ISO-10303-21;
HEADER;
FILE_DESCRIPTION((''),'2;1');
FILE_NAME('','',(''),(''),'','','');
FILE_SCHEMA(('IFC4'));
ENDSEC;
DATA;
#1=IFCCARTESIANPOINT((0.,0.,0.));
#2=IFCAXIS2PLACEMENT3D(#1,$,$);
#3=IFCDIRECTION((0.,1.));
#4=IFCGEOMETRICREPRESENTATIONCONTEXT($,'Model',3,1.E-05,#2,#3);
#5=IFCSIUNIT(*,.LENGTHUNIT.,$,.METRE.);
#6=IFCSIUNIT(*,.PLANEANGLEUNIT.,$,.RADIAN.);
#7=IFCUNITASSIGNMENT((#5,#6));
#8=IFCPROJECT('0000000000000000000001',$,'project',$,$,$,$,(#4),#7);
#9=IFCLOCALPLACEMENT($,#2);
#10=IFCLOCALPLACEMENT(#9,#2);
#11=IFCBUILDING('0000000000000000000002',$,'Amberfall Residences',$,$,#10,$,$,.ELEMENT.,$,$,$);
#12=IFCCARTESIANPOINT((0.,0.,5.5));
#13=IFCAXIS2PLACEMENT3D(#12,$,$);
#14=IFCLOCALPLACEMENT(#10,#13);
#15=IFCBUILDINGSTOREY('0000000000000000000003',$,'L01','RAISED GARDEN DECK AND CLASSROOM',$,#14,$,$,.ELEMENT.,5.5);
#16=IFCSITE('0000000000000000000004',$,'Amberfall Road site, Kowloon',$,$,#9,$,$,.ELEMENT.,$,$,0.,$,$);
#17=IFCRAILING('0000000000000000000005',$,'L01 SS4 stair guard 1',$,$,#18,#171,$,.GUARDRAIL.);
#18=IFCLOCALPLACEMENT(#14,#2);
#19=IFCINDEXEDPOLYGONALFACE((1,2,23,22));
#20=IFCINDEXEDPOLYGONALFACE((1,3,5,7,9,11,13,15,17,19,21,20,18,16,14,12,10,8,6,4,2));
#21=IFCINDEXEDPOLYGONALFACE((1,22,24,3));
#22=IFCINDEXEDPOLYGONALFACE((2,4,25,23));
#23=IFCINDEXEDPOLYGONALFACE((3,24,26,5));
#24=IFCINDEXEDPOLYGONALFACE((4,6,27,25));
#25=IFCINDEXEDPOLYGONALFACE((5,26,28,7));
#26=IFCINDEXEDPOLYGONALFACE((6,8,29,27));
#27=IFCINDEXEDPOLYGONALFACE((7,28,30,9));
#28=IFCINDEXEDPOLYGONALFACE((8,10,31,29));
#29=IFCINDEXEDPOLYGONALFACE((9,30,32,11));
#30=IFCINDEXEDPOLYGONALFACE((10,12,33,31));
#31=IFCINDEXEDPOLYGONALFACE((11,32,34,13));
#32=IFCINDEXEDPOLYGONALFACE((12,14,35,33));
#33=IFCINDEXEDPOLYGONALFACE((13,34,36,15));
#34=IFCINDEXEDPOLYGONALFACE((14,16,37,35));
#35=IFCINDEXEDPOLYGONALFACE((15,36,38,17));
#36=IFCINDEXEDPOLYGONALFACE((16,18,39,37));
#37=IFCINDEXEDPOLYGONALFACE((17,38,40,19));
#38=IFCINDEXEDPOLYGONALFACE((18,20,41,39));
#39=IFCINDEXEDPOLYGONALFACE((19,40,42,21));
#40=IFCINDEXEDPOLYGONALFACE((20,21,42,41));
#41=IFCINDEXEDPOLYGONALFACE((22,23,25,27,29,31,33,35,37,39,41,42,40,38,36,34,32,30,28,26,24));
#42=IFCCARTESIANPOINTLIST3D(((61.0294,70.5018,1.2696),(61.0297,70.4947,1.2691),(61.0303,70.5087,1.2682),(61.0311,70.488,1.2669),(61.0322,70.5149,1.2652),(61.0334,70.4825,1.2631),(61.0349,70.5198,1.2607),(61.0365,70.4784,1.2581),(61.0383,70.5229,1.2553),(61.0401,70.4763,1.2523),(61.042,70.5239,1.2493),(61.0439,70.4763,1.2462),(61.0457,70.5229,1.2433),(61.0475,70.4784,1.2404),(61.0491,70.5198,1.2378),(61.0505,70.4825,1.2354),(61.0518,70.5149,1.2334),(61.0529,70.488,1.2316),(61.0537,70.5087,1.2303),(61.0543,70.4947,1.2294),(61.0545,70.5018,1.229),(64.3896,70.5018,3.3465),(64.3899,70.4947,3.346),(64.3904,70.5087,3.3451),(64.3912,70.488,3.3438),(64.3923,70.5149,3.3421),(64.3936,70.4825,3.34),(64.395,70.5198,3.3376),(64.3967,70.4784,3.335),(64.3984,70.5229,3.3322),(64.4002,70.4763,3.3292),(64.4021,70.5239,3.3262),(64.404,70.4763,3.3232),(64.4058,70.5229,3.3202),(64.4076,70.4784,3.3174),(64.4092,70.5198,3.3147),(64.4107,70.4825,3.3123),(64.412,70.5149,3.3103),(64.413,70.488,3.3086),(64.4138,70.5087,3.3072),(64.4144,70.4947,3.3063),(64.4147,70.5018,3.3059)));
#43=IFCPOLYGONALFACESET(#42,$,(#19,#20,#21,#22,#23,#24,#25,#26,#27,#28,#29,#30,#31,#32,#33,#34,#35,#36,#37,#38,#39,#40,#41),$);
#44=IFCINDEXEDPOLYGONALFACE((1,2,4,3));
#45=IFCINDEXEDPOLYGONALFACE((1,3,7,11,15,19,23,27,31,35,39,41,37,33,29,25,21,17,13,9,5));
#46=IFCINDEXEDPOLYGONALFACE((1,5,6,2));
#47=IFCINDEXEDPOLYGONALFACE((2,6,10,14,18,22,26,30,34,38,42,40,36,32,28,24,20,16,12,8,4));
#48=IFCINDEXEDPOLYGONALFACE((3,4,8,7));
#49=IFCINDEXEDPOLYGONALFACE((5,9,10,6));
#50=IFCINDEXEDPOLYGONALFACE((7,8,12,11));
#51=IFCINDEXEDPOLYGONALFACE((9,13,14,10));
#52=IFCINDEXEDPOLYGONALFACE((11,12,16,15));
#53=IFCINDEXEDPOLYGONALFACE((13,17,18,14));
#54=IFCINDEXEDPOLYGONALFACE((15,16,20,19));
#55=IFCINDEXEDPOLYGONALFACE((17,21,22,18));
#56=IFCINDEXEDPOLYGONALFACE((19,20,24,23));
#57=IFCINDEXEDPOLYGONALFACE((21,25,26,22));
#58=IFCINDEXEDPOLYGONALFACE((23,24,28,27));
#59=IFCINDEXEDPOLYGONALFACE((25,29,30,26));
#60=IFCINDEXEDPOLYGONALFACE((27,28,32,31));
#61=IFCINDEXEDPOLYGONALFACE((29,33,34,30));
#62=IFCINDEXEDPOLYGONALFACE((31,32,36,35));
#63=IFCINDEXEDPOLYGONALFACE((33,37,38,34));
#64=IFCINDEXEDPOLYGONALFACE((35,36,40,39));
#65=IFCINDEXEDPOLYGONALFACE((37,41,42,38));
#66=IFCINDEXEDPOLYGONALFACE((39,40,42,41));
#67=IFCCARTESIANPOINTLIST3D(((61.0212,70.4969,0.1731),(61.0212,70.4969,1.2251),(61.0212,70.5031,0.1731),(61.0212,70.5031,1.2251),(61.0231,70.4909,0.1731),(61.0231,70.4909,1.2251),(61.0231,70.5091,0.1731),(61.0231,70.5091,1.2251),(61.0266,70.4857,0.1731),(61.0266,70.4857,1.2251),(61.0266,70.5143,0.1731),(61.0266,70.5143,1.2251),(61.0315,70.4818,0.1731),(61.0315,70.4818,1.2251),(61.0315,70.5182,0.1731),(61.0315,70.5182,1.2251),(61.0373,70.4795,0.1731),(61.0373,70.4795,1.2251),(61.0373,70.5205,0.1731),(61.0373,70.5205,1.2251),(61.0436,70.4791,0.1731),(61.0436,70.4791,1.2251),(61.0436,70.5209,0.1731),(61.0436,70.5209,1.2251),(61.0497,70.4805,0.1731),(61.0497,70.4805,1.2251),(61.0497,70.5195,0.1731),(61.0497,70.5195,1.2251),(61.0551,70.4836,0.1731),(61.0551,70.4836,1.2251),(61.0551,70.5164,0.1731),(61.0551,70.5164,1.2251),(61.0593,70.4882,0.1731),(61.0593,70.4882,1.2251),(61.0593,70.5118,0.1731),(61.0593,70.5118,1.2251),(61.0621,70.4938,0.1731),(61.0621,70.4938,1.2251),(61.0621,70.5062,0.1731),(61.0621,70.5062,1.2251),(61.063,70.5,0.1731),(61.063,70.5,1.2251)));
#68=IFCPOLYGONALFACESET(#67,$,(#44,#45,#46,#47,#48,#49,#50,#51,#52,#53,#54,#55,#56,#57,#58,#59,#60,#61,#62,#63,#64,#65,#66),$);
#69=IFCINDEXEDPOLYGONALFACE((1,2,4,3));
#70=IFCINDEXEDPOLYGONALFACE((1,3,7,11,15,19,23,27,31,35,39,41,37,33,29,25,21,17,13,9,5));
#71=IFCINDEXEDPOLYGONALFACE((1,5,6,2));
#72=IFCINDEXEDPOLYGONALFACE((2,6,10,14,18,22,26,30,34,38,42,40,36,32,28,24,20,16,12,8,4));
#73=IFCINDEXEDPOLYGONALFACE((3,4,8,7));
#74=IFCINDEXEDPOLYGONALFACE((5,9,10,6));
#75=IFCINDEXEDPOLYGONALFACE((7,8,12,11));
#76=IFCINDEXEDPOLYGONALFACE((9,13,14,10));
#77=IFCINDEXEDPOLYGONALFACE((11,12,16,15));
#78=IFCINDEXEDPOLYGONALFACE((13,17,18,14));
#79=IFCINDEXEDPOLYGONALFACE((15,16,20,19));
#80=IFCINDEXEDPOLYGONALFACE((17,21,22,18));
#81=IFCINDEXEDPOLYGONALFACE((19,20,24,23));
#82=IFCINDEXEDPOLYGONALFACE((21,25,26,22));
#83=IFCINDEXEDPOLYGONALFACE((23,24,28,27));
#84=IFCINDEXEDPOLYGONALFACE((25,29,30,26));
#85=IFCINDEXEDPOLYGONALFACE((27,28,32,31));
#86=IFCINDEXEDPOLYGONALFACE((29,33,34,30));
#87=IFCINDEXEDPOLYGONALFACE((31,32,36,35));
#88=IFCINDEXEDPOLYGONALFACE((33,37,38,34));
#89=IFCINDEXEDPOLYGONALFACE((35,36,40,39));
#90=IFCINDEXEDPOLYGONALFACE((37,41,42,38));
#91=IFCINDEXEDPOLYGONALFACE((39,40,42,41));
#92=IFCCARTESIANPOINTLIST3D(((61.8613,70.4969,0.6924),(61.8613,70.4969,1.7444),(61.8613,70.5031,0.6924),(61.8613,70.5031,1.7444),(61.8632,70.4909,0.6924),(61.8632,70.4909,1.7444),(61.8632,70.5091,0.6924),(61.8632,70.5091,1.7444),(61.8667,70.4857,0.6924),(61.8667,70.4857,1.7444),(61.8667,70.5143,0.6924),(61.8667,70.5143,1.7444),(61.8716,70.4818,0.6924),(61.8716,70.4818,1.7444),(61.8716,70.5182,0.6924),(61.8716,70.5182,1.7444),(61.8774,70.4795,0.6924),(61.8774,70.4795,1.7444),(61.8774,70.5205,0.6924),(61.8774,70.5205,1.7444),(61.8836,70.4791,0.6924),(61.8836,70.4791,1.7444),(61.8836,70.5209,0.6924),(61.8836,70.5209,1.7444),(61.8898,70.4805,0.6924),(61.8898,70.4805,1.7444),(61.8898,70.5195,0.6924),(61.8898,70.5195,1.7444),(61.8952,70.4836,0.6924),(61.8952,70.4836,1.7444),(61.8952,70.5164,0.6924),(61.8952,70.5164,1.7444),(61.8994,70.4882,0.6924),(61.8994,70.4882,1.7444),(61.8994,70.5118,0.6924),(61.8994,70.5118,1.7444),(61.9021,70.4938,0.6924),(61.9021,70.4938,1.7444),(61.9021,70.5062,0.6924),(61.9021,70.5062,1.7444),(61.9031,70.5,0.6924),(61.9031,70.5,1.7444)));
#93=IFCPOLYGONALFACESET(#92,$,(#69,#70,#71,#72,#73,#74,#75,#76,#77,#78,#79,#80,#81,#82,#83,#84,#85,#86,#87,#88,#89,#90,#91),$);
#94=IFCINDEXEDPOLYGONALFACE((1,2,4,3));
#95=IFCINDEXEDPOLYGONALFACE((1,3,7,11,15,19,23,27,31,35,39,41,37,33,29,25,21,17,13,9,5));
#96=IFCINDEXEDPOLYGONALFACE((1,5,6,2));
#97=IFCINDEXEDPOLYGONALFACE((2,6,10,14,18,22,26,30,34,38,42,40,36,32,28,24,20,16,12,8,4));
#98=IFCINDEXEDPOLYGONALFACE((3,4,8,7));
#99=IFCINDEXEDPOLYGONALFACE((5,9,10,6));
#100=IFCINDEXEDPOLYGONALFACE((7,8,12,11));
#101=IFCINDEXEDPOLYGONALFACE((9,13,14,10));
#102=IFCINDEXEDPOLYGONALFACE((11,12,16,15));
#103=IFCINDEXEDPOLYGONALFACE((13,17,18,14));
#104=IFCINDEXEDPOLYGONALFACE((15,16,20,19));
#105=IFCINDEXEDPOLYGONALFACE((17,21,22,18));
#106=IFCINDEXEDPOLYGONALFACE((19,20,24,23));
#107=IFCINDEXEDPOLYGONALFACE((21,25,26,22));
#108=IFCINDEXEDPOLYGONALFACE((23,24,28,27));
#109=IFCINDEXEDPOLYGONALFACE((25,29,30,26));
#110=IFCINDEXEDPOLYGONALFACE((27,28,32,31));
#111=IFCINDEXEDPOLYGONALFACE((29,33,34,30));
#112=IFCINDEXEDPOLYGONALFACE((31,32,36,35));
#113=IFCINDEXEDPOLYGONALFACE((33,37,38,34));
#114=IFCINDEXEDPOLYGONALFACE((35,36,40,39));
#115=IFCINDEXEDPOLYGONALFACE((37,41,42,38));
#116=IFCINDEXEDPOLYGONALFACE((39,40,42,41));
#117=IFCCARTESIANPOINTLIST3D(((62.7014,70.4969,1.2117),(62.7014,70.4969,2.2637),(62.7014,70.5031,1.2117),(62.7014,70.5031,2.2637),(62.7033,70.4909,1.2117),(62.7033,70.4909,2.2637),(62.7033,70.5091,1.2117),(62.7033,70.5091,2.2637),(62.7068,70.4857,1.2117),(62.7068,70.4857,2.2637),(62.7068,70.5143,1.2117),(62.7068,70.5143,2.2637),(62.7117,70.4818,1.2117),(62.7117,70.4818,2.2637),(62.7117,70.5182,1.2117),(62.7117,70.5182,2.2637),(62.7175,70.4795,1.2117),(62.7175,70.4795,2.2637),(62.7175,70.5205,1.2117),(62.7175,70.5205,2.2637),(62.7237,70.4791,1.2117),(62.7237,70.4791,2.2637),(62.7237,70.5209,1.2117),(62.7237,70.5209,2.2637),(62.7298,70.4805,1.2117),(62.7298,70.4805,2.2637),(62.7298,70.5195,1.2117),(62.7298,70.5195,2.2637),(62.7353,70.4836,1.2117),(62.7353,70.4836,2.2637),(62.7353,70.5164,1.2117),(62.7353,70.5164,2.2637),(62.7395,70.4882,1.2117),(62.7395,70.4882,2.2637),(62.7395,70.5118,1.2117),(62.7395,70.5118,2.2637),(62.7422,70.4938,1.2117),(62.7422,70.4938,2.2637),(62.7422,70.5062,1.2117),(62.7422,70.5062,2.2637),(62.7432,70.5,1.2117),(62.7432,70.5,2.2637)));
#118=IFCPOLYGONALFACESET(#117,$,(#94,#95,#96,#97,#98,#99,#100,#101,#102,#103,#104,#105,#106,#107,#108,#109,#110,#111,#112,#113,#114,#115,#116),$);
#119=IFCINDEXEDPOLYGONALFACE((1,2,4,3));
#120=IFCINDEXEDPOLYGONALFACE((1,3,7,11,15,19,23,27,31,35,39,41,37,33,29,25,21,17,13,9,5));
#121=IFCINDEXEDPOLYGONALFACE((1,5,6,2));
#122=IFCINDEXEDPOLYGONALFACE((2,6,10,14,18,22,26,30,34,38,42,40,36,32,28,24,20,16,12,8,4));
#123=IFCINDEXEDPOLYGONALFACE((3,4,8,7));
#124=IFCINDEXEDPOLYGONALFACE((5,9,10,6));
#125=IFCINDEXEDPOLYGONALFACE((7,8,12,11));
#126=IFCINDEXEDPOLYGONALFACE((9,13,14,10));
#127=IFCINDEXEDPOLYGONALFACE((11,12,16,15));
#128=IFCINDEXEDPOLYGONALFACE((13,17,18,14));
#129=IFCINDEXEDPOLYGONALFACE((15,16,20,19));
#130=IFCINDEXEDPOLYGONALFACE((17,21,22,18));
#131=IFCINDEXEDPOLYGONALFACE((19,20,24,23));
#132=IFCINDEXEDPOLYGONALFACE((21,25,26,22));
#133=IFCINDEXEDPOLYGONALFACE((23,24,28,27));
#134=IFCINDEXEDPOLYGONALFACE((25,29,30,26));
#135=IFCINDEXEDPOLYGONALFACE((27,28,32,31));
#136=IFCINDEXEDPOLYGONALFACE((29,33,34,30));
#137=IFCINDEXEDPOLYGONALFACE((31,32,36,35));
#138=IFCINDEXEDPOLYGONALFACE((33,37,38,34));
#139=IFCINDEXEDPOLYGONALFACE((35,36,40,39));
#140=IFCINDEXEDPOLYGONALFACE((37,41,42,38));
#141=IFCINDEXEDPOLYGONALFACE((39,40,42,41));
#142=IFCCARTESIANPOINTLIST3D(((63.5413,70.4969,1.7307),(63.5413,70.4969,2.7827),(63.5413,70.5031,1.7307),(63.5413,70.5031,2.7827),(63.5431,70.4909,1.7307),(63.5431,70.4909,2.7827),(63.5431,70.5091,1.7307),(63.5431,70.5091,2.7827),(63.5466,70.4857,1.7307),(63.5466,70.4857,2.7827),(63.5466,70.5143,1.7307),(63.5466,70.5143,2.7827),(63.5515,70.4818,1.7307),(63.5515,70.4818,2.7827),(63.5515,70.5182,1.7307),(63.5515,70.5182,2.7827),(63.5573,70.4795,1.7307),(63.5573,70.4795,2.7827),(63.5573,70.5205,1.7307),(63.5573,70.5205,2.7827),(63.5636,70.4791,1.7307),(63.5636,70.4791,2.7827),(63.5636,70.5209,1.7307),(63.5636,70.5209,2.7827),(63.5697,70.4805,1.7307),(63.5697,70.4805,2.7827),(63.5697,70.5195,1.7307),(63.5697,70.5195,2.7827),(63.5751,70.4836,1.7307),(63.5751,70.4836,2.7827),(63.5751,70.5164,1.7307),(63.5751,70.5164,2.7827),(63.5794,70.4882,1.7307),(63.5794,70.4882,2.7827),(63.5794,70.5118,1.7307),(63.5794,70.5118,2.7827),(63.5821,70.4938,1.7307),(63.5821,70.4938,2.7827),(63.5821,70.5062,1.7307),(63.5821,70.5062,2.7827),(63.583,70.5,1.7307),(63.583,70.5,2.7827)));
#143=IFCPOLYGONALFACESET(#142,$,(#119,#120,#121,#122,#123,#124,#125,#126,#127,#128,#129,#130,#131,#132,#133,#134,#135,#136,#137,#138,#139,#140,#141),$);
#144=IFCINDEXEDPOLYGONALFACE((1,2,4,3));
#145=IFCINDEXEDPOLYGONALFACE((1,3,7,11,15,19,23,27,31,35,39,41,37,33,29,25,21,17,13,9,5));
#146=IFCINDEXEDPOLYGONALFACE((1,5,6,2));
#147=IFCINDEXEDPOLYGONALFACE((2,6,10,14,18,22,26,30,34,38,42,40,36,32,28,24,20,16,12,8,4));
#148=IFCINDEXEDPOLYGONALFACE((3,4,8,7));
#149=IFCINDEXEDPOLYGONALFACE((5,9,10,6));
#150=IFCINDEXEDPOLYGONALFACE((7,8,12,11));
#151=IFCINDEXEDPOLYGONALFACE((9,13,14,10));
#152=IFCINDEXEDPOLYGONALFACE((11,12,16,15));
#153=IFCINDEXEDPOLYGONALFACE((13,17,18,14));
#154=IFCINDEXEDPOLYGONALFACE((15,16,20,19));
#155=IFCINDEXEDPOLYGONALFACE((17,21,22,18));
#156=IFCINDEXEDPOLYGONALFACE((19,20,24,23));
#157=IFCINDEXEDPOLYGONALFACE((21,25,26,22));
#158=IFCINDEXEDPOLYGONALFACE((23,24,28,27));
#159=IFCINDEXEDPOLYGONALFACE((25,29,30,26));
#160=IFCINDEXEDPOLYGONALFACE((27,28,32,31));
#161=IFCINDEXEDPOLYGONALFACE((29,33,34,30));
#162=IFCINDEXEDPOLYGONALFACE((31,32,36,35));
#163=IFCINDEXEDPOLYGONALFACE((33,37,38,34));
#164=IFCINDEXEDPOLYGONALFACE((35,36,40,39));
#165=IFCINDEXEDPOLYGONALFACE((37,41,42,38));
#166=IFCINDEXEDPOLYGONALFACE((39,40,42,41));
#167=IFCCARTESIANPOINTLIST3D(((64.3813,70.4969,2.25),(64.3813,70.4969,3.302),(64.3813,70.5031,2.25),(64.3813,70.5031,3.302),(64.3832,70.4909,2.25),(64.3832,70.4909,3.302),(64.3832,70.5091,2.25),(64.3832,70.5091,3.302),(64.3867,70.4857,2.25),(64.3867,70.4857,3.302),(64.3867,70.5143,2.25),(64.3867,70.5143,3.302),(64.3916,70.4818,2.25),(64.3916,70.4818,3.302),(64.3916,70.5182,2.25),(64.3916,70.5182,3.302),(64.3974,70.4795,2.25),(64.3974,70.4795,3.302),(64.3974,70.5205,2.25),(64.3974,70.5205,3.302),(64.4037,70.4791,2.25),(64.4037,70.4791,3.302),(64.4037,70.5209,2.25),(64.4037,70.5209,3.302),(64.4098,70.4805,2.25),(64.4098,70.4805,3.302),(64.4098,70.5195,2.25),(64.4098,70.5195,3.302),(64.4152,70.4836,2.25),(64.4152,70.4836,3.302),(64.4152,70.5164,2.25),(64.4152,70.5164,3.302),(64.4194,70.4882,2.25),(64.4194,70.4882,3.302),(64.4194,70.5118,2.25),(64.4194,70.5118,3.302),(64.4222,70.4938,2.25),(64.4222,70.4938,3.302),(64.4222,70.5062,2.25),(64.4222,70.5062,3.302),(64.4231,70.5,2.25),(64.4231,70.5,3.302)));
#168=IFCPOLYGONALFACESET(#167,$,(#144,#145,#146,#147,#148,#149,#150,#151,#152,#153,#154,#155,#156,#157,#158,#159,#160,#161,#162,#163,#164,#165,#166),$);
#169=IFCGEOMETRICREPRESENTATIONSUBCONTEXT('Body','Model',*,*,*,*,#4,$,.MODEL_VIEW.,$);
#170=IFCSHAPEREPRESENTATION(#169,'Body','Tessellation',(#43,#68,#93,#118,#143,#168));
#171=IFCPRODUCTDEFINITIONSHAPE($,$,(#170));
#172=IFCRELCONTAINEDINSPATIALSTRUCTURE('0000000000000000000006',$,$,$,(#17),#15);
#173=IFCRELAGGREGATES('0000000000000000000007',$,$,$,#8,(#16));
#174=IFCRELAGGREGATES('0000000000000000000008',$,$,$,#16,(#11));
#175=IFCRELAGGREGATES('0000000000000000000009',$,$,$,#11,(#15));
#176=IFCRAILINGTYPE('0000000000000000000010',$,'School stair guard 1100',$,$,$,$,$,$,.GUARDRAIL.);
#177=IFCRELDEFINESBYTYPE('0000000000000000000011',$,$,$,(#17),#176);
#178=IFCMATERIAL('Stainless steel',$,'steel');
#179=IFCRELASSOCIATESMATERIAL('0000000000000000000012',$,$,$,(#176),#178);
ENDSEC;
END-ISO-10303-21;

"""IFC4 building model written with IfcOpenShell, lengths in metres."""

from ifc_helpers import new_model, si_unit, direction, frame, origin, origin_2d, place, context, subcontext, project, spatial, circle, extrude, material, type_object, element, save


model = new_model("IFC4")

# Units and contexts
model_context = context("Model", 3, precision=1e-05, world=origin(), true_north=direction((0.0, 1.0)))
body_context = subcontext(model_context, "Body", "Model", "MODEL_VIEW")
ifc_project = project(units=[si_unit("LENGTHUNIT", "METRE"), si_unit("PLANEANGLEUNIT", "RADIAN")], contexts=[model_context])

# Site, building, storey
site_placement = place(None, origin())
site = spatial("IfcSite", under=ifc_project, at=site_placement, Name="Amberfall Road site, Kowloon", CompositionType="ELEMENT", RefElevation=0.0)
building_placement = place(site_placement, origin())
building = spatial("IfcBuilding", under=site, at=building_placement, Name="Amberfall Residences", CompositionType="ELEMENT")
storey_placement = place(building_placement, frame((0.0, 0.0, 5.5)))
storey = spatial("IfcBuildingStorey", under=building, at=storey_placement, Name="L01", Description="RAISED GARDEN DECK AND CLASSROOM", CompositionType="ELEMENT", Elevation=5.5)

# Railing
ifc_material_1 = material(Name="Stainless steel", Category="steel")
railing_type_1 = type_object("IfcRailingType", Name="School stair guard 1100", PredefinedType="GUARDRAIL", material=ifc_material_1)
railing_1_placement = place(storey_placement, frame((61.042, 70.5, 0.1731)))
element("IfcRailing", 1, at=railing_1_placement, inside=storey, type_object=railing_type_1, Name="L01 SS4 stair guard 1", PredefinedType="GUARDRAIL", context=body_context, shape_type="SweptSolid", body=[
    extrude(circle(Radius=0.0239, at=origin_2d()), frame((0.0, 0.0, 1.0762), z_axis=(0.850623, 0.0, 0.525776), x_axis=(0.0, 1.0, 0.0)), (0.0, 0.0, 1.0), 3.9502),
    extrude(circle(Radius=0.021, at=origin_2d()), origin(), (0.0, 0.0, 1.0), 1.052),
    extrude(circle(Radius=0.021, at=origin_2d()), frame((0.8401, 0.0, 0.5193)), (0.0, 0.0, 1.0), 1.052),
    extrude(circle(Radius=0.021, at=origin_2d()), frame((1.6802, 0.0, 1.0386)), (0.0, 0.0, 1.0), 1.052),
    extrude(circle(Radius=0.021, at=origin_2d()), frame((2.52, 0.0, 1.5576)), (0.0, 0.0, 1.0), 1.052),
    extrude(circle(Radius=0.021, at=origin_2d()), frame((3.3601, 0.0, 2.0769)), (0.0, 0.0, 1.0), 1.052),
])

save(model, "model.ifc")
